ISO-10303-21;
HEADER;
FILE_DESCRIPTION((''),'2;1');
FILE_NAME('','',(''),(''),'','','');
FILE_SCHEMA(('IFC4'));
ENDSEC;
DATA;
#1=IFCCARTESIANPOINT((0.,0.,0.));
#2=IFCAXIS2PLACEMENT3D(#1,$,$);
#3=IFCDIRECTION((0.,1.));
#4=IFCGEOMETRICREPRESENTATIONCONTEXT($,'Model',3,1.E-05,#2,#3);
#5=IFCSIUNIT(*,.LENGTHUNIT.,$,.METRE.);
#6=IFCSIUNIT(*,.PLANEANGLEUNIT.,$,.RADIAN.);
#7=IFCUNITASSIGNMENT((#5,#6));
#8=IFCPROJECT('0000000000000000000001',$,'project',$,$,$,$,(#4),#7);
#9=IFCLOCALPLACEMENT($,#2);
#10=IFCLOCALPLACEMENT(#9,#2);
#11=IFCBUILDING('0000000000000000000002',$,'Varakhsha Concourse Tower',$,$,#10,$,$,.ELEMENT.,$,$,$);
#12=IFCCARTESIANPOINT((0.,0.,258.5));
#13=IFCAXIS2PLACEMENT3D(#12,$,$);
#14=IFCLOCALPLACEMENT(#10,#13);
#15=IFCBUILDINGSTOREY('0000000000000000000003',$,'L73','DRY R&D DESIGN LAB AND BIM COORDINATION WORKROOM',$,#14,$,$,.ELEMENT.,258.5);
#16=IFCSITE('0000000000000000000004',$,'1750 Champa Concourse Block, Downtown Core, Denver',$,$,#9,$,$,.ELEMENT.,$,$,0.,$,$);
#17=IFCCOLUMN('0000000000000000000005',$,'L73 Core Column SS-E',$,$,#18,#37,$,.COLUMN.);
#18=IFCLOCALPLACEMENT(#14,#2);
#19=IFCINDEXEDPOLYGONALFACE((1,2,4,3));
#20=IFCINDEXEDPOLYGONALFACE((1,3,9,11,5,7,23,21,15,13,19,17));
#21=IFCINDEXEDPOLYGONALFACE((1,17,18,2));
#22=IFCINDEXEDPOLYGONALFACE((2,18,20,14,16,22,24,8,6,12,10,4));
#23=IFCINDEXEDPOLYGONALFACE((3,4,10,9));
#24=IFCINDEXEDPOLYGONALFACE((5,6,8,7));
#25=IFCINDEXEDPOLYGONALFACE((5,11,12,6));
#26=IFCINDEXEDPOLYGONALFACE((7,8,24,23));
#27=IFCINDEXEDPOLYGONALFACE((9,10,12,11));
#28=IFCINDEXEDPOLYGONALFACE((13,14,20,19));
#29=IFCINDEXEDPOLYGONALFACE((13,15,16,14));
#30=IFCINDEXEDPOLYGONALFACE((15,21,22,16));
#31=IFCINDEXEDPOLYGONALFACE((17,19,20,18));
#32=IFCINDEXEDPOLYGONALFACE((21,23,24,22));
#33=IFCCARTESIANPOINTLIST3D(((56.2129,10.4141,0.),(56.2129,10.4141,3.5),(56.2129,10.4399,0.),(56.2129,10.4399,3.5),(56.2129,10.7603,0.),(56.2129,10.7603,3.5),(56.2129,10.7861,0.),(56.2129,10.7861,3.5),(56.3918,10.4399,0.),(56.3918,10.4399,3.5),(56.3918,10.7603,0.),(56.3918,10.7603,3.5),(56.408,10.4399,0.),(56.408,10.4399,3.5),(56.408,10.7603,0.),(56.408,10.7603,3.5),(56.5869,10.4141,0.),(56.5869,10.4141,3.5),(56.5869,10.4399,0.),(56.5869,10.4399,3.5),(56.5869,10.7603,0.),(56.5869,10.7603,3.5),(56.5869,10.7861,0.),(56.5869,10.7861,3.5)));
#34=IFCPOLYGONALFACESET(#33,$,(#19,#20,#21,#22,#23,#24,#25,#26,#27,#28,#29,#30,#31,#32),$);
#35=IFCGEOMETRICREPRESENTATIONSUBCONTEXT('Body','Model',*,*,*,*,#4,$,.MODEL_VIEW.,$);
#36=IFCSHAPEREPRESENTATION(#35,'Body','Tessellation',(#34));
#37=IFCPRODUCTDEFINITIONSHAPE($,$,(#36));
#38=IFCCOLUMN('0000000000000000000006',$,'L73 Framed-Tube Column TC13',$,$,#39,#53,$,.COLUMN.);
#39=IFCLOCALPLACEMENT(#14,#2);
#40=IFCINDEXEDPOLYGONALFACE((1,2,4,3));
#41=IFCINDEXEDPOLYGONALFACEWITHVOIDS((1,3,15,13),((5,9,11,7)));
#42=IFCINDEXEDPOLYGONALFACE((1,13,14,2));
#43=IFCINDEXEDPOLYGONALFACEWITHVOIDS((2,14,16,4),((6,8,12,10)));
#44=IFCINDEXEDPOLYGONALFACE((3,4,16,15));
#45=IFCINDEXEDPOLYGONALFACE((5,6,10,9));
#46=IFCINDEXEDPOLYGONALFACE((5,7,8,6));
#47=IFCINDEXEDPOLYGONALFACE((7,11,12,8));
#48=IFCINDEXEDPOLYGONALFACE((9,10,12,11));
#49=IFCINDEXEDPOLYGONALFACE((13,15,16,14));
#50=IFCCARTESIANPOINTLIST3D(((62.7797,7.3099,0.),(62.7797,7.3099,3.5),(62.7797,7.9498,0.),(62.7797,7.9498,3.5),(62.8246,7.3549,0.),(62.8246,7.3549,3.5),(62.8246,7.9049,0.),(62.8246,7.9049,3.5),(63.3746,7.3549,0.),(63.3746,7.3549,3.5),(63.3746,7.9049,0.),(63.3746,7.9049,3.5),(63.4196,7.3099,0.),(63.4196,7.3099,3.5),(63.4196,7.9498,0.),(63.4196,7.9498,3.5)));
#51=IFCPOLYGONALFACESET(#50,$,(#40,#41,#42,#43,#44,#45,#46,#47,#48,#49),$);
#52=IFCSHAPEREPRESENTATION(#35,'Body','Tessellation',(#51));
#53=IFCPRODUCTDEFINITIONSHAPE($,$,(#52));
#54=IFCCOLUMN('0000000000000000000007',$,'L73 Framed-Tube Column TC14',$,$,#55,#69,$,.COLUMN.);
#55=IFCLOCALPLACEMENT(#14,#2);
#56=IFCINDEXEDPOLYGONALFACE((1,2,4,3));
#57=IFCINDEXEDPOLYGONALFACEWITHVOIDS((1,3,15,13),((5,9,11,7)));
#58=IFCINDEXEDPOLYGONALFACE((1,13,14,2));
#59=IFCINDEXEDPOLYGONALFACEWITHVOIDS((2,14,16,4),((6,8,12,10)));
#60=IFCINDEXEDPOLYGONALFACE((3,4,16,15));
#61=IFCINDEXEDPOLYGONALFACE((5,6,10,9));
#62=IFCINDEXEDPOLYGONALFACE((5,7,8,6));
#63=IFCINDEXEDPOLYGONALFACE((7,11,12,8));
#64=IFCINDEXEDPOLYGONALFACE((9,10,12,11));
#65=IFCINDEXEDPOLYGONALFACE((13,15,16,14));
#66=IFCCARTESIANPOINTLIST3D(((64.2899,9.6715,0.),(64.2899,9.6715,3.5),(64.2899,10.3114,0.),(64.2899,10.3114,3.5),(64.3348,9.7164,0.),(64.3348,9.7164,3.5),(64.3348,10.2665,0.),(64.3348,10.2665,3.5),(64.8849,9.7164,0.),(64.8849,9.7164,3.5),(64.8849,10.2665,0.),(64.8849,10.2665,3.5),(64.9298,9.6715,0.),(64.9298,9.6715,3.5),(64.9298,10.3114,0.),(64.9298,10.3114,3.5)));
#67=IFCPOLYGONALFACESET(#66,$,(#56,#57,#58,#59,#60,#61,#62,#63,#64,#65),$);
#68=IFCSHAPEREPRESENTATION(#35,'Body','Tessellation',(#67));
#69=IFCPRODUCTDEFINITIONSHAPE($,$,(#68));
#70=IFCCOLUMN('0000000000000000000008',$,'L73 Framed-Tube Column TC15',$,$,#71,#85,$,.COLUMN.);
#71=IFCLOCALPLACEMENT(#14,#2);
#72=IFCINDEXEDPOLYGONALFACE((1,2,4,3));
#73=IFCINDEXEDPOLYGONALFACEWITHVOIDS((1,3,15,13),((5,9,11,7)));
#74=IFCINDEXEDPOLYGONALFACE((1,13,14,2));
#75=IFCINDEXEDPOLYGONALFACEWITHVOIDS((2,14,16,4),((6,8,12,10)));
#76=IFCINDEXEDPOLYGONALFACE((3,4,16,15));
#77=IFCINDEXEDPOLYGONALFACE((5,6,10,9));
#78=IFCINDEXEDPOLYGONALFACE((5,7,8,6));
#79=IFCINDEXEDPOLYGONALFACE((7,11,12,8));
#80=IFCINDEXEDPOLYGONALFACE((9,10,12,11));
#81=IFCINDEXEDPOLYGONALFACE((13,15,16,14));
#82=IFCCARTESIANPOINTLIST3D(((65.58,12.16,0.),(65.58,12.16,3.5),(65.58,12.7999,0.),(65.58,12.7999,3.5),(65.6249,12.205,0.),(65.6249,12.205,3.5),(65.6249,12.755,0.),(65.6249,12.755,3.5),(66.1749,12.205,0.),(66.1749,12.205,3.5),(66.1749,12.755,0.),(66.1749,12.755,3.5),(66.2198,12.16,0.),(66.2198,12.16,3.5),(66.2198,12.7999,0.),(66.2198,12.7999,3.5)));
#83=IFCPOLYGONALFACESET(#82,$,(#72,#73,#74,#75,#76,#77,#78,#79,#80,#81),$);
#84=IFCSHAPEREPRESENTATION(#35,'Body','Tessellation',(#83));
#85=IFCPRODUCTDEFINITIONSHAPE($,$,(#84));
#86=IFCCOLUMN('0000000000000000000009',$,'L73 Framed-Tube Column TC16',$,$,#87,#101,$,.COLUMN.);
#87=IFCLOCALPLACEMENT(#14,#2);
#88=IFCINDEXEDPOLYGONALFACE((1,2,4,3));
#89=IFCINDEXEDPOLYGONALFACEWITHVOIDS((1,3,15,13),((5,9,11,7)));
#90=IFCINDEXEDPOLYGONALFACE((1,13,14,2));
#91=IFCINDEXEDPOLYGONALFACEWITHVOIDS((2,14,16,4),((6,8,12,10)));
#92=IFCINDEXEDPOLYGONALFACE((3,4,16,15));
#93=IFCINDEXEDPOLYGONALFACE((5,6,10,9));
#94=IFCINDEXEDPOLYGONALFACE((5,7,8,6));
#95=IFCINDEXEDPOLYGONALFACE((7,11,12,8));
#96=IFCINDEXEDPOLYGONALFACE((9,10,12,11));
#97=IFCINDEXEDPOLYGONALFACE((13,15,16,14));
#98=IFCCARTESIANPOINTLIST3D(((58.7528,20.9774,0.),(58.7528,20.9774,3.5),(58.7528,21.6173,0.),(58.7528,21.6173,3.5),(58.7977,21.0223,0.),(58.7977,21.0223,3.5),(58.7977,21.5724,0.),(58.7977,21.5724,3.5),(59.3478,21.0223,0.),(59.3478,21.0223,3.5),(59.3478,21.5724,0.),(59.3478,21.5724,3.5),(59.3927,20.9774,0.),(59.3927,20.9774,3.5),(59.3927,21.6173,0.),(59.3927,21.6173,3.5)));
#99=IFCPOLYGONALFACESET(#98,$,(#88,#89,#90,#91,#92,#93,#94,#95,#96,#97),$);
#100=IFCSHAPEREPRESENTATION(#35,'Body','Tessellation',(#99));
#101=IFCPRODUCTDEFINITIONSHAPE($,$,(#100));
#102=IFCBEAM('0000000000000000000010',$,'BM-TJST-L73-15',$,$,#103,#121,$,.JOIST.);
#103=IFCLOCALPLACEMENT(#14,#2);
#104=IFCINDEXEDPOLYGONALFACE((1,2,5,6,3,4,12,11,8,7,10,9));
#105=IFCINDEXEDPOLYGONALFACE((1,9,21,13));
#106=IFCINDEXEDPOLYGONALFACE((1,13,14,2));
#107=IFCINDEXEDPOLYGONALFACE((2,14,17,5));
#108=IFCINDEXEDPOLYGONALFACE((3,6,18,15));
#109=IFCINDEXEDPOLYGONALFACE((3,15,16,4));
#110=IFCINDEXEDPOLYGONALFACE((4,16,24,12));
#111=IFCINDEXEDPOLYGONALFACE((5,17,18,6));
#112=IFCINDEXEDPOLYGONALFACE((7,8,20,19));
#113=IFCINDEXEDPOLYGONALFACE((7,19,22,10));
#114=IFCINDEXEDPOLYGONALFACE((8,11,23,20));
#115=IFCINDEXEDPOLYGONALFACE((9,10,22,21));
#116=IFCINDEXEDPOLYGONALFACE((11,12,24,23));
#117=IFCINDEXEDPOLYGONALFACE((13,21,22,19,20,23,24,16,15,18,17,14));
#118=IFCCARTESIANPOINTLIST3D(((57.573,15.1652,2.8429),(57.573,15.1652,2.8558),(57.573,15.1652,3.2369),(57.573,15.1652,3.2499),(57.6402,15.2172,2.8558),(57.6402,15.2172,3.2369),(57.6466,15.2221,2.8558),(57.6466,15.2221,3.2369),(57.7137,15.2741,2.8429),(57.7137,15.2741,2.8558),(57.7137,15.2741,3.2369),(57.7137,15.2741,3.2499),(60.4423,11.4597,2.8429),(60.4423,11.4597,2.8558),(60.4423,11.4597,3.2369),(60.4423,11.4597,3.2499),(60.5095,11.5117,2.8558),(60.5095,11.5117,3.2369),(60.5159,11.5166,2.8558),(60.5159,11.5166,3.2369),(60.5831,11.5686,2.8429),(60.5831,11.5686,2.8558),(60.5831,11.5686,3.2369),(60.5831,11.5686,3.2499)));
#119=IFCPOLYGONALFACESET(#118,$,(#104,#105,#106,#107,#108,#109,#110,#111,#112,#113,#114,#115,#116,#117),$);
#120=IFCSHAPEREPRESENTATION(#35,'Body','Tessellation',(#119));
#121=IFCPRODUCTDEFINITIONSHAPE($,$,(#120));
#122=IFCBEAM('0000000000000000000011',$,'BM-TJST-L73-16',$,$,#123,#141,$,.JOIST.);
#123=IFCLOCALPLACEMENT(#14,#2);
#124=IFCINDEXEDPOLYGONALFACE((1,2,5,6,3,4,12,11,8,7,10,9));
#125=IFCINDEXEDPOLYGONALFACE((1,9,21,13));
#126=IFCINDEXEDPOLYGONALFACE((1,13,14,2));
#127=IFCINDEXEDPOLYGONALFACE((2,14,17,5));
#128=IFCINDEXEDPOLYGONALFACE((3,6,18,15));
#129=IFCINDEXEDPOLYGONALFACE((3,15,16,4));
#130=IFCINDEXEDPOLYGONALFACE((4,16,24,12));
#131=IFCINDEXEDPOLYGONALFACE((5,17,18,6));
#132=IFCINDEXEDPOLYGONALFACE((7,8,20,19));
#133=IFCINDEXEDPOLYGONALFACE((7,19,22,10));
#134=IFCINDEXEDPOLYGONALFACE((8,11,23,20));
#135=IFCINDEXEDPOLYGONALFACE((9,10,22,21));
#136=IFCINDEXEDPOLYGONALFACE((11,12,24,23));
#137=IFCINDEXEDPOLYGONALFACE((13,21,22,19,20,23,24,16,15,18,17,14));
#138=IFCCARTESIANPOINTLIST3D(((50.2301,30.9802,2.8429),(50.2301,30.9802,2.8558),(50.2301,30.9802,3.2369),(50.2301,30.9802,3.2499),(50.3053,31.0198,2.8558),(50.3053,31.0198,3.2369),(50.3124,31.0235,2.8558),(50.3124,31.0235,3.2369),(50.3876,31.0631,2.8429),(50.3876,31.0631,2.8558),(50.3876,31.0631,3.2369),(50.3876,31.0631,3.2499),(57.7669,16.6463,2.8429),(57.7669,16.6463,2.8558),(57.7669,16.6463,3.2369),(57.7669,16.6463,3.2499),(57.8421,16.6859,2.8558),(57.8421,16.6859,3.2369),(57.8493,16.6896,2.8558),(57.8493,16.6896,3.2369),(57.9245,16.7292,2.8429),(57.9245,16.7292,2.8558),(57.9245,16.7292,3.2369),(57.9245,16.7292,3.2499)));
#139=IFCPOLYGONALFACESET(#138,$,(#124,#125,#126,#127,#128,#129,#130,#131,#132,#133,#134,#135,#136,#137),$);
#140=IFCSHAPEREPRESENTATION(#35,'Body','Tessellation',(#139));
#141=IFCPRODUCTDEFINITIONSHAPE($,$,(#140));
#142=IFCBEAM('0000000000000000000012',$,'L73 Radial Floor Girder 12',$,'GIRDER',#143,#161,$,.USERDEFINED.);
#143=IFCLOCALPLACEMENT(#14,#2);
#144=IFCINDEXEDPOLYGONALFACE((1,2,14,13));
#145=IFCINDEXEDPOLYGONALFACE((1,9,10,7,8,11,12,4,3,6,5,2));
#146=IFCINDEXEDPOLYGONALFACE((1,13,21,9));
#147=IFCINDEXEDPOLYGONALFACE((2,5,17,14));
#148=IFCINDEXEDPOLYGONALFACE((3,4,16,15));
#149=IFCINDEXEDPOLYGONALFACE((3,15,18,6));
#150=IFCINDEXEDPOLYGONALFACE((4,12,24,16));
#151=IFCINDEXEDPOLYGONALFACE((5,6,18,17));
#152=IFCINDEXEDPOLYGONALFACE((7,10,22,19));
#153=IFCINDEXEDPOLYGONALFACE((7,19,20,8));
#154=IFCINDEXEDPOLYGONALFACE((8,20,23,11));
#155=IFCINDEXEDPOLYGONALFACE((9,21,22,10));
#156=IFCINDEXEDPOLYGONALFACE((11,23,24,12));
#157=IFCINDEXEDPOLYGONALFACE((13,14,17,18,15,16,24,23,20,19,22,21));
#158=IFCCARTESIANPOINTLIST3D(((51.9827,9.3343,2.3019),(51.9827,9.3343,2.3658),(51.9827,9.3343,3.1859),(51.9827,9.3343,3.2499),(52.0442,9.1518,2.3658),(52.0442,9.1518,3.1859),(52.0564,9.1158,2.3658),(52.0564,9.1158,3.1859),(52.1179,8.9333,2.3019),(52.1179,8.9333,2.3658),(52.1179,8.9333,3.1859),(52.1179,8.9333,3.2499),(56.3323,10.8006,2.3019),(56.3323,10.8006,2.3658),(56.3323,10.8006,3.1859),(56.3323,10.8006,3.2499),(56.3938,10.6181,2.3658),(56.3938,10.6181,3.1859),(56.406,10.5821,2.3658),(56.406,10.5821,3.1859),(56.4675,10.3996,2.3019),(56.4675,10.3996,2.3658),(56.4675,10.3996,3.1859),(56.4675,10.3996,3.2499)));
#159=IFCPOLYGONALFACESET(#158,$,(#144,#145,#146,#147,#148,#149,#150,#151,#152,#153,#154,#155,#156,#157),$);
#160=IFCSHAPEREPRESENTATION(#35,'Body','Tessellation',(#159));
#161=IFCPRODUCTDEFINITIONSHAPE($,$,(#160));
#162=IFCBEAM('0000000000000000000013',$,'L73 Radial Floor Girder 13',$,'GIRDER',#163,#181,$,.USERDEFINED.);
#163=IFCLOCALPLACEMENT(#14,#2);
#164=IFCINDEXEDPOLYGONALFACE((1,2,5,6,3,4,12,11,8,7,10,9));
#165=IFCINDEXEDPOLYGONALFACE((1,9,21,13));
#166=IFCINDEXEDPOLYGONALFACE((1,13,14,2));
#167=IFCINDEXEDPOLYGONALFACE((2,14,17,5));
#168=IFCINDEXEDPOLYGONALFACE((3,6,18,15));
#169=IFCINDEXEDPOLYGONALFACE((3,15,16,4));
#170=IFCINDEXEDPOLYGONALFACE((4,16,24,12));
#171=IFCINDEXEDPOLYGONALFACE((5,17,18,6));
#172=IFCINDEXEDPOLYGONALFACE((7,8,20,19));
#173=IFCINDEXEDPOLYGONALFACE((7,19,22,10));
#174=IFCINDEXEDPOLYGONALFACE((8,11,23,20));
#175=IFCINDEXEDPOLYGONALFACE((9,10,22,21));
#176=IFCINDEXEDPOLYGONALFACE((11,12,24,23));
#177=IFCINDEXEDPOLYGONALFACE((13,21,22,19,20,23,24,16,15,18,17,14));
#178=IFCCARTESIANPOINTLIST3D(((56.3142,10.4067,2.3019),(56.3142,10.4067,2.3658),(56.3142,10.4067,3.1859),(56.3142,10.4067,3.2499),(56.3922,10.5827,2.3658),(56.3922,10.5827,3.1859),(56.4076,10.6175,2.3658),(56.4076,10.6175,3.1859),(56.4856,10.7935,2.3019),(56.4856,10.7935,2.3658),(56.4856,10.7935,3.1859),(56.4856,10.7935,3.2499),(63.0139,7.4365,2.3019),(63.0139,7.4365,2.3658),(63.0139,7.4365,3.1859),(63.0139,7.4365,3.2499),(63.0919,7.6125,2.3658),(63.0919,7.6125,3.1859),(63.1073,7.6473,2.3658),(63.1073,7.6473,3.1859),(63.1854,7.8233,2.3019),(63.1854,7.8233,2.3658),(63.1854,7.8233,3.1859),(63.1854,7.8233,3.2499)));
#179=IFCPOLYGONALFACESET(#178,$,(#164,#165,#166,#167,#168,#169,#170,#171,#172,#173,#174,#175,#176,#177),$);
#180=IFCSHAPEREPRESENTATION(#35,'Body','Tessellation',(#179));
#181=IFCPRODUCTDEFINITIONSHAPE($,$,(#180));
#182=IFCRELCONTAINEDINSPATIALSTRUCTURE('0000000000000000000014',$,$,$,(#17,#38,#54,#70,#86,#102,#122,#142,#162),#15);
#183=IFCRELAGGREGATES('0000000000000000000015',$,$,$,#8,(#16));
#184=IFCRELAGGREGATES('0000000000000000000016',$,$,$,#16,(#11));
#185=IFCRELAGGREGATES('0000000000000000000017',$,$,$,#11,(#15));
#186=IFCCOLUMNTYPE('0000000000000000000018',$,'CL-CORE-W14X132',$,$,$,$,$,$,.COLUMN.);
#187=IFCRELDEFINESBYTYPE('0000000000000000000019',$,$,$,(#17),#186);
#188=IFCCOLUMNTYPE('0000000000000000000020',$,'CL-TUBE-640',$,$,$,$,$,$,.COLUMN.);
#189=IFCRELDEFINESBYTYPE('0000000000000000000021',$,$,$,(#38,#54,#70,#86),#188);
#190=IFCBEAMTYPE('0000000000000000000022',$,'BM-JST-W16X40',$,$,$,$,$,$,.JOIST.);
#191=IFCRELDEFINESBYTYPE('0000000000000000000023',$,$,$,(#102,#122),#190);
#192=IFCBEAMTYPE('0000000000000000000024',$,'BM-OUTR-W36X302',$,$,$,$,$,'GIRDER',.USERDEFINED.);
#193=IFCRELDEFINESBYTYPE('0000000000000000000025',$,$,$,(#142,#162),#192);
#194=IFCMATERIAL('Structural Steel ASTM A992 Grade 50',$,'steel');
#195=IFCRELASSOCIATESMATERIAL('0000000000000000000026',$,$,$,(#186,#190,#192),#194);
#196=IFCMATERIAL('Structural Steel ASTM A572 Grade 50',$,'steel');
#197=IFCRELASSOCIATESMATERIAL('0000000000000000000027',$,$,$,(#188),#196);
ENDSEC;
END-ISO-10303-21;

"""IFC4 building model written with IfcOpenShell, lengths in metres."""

from ifc_helpers import new_model, si_unit, direction, frame, origin, origin_2d, place, context, subcontext, project, spatial, hollow_rectangle, i_section, extrude, material, material_profile, profile_set, type_object, element, save


model = new_model("IFC4")

# Units and contexts
model_context = context("Model", 3, precision=1e-05, world=origin(), true_north=direction((0.0, 1.0)))
body_context = subcontext(model_context, "Body", "Model", "MODEL_VIEW")
ifc_project = project(units=[si_unit("LENGTHUNIT", "METRE"), si_unit("PLANEANGLEUNIT", "RADIAN")], contexts=[model_context])

# Site, building, storey
site_placement = place(None, origin())
site = spatial("IfcSite", under=ifc_project, at=site_placement, Name="1750 Champa Concourse Block, Downtown Core, Denver", CompositionType="ELEMENT", RefElevation=0.0)
building_placement = place(site_placement, origin())
building = spatial("IfcBuilding", under=site, at=building_placement, Name="Varakhsha Concourse Tower", CompositionType="ELEMENT")
storey_placement = place(building_placement, frame((0.0, 0.0, 258.5)))
storey = spatial("IfcBuildingStorey", under=building, at=storey_placement, Name="L73", Description="DRY R&D DESIGN LAB AND BIM COORDINATION WORKROOM", CompositionType="ELEMENT", Elevation=258.5)

# Columns
ifc_material_1 = material(Name="Structural Steel ASTM A992 Grade 50", Category="steel")
ifc_material_profile_1 = material_profile(ifc_material_1, i_section(OverallWidth=0.374, OverallDepth=0.3721, WebThickness=0.0161, FlangeThickness=0.0259, at=origin_2d()), Name="W14X132")
ifc_profile_set_1 = profile_set([ifc_material_profile_1], Name="Structural Steel ASTM A992 Grade 50")
column_type_1 = type_object("IfcColumnType", Name="CL-CORE-W14X132", PredefinedType="COLUMN", material=ifc_profile_set_1)
column_placement = place(storey_placement, frame((56.3999, 10.6001, 0.0), z_axis=(0.0, 0.0, 1.0), x_axis=(1.0, 0.0, 0.0)))
element("IfcColumn", 1, at=column_placement, inside=storey, type_object=column_type_1, Name="L73 Core Column SS-E", PredefinedType="COLUMN", context=body_context, shape_type="SweptSolid", body=[
    extrude(i_section(OverallWidth=0.374, OverallDepth=0.3721, WebThickness=0.0161, FlangeThickness=0.0259, at=origin_2d()), origin(), (0.0, 0.0, 1.0), 3.5),
])
ifc_material_2 = material(Name="Structural Steel ASTM A572 Grade 50", Category="steel")
ifc_material_profile_2 = material_profile(ifc_material_2, hollow_rectangle(XDim=0.6399, YDim=0.6399, WallThickness=0.0449, at=origin_2d()), Name="BOX 640x640x45")
ifc_profile_set_2 = profile_set([ifc_material_profile_2], Name="Structural Steel ASTM A572 Grade 50")
column_type_2 = type_object("IfcColumnType", Name="CL-TUBE-640", PredefinedType="COLUMN", material=ifc_profile_set_2)
for number, where, z_axis, x_axis, name in (
    (2, (63.0996, 7.6299, 0.0), (0.0, 0.0, 1.0), (1.0, 0.0, 0.0), "L73 Framed-Tube Column TC13"),
    (3, (64.6099, 9.9915, 0.0), (0.0, 0.0, 1.0), (1.0, 0.0, 0.0), "L73 Framed-Tube Column TC14"),
    (4, (65.8999, 12.48, 0.0), (0.0, 0.0, 1.0), (1.0, 0.0, 0.0), "L73 Framed-Tube Column TC15"),
    (5, (59.0728, 21.2974, 0.0), (0.0, 0.0, 1.0), (1.0, 0.0, 0.0), "L73 Framed-Tube Column TC16"),
):
    element("IfcColumn", number, at=place(storey_placement, frame(where, z_axis=z_axis, x_axis=x_axis)), inside=storey, type_object=column_type_2, Name=name, PredefinedType="COLUMN", context=body_context, shape_type="SweptSolid", body=[
        extrude(hollow_rectangle(XDim=0.6399, YDim=0.6399, WallThickness=0.0449, at=origin_2d()), origin(), (0.0, 0.0, 1.0), 3.5),
    ])

# Beams
ifc_material_profile_3 = material_profile(ifc_material_1, i_section(OverallWidth=0.178, OverallDepth=0.407, WebThickness=0.0081, FlangeThickness=0.0129, at=origin_2d()), Name="W16X40")
ifc_profile_set_3 = profile_set([ifc_material_profile_3], Name="Structural Steel ASTM A992 Grade 50")
beam_type_1 = type_object("IfcBeamType", Name="BM-JST-W16X40", PredefinedType="JOIST", material=ifc_profile_set_3)
beam_1_placement = place(storey_placement, frame((60.5127, 11.5142, 3.0464), z_axis=(-0.612248, 0.790666, 0.0), x_axis=(-0.790666, -0.612248, 0.0)))
element("IfcBeam", 6, at=beam_1_placement, inside=storey, type_object=beam_type_1, Name="BM-TJST-L73-15", PredefinedType="JOIST", context=body_context, shape_type="SweptSolid", body=[
    extrude(i_section(OverallWidth=0.178, OverallDepth=0.407, WebThickness=0.0081, FlangeThickness=0.0129, at=origin_2d()), origin(), (0.0, 0.0, 1.0), 4.6865),
])
beam_2_placement = place(storey_placement, frame((57.8457, 16.6877, 3.0464), z_axis=(-0.465392, 0.885105, 0.0), x_axis=(-0.885105, -0.465392, 0.0)))
element("IfcBeam", 7, at=beam_2_placement, inside=storey, type_object=beam_type_1, Name="BM-TJST-L73-16", PredefinedType="JOIST", context=body_context, shape_type="SweptSolid", body=[
    extrude(i_section(OverallWidth=0.178, OverallDepth=0.407, WebThickness=0.0081, FlangeThickness=0.0129, at=origin_2d()), origin(), (0.0, 0.0, 1.0), 16.1946),
])
ifc_material_profile_4 = material_profile(ifc_material_1, i_section(OverallWidth=0.4231, OverallDepth=0.948, WebThickness=0.0381, FlangeThickness=0.064, at=origin_2d()), Name="W36X302")
ifc_profile_set_4 = profile_set([ifc_material_profile_4], Name="Structural Steel ASTM A992 Grade 50")
beam_type_2 = type_object("IfcBeamType", Name="BM-OUTR-W36X302", ElementType="GIRDER", PredefinedType="USERDEFINED", material=ifc_profile_set_4)
beam_3_placement = place(storey_placement, frame((56.3999, 10.6001, 2.7759), z_axis=(-0.947603, -0.319449, 0.0), x_axis=(0.319449, -0.947603, 0.0)))
element("IfcBeam", 8, at=beam_3_placement, inside=storey, type_object=beam_type_2, Name="L73 Radial Floor Girder 12", ObjectType="GIRDER", PredefinedType="USERDEFINED", context=body_context, shape_type="SweptSolid", body=[
    extrude(i_section(OverallWidth=0.4231, OverallDepth=0.948, WebThickness=0.0381, FlangeThickness=0.064, at=origin_2d()), origin(), (0.0, 0.0, 1.0), 4.5901),
])
beam_4_placement = place(storey_placement, frame((56.3999, 10.6001, 2.7759), z_axis=(0.914188, -0.405291, 0.0), x_axis=(0.405291, 0.914188, 0.0)))
element("IfcBeam", 9, at=beam_4_placement, inside=storey, type_object=beam_type_2, Name="L73 Radial Floor Girder 13", ObjectType="GIRDER", PredefinedType="USERDEFINED", context=body_context, shape_type="SweptSolid", body=[
    extrude(i_section(OverallWidth=0.4231, OverallDepth=0.948, WebThickness=0.0381, FlangeThickness=0.064, at=origin_2d()), origin(), (0.0, 0.0, 1.0), 7.3286),
])

save(model, "model.ifc")
